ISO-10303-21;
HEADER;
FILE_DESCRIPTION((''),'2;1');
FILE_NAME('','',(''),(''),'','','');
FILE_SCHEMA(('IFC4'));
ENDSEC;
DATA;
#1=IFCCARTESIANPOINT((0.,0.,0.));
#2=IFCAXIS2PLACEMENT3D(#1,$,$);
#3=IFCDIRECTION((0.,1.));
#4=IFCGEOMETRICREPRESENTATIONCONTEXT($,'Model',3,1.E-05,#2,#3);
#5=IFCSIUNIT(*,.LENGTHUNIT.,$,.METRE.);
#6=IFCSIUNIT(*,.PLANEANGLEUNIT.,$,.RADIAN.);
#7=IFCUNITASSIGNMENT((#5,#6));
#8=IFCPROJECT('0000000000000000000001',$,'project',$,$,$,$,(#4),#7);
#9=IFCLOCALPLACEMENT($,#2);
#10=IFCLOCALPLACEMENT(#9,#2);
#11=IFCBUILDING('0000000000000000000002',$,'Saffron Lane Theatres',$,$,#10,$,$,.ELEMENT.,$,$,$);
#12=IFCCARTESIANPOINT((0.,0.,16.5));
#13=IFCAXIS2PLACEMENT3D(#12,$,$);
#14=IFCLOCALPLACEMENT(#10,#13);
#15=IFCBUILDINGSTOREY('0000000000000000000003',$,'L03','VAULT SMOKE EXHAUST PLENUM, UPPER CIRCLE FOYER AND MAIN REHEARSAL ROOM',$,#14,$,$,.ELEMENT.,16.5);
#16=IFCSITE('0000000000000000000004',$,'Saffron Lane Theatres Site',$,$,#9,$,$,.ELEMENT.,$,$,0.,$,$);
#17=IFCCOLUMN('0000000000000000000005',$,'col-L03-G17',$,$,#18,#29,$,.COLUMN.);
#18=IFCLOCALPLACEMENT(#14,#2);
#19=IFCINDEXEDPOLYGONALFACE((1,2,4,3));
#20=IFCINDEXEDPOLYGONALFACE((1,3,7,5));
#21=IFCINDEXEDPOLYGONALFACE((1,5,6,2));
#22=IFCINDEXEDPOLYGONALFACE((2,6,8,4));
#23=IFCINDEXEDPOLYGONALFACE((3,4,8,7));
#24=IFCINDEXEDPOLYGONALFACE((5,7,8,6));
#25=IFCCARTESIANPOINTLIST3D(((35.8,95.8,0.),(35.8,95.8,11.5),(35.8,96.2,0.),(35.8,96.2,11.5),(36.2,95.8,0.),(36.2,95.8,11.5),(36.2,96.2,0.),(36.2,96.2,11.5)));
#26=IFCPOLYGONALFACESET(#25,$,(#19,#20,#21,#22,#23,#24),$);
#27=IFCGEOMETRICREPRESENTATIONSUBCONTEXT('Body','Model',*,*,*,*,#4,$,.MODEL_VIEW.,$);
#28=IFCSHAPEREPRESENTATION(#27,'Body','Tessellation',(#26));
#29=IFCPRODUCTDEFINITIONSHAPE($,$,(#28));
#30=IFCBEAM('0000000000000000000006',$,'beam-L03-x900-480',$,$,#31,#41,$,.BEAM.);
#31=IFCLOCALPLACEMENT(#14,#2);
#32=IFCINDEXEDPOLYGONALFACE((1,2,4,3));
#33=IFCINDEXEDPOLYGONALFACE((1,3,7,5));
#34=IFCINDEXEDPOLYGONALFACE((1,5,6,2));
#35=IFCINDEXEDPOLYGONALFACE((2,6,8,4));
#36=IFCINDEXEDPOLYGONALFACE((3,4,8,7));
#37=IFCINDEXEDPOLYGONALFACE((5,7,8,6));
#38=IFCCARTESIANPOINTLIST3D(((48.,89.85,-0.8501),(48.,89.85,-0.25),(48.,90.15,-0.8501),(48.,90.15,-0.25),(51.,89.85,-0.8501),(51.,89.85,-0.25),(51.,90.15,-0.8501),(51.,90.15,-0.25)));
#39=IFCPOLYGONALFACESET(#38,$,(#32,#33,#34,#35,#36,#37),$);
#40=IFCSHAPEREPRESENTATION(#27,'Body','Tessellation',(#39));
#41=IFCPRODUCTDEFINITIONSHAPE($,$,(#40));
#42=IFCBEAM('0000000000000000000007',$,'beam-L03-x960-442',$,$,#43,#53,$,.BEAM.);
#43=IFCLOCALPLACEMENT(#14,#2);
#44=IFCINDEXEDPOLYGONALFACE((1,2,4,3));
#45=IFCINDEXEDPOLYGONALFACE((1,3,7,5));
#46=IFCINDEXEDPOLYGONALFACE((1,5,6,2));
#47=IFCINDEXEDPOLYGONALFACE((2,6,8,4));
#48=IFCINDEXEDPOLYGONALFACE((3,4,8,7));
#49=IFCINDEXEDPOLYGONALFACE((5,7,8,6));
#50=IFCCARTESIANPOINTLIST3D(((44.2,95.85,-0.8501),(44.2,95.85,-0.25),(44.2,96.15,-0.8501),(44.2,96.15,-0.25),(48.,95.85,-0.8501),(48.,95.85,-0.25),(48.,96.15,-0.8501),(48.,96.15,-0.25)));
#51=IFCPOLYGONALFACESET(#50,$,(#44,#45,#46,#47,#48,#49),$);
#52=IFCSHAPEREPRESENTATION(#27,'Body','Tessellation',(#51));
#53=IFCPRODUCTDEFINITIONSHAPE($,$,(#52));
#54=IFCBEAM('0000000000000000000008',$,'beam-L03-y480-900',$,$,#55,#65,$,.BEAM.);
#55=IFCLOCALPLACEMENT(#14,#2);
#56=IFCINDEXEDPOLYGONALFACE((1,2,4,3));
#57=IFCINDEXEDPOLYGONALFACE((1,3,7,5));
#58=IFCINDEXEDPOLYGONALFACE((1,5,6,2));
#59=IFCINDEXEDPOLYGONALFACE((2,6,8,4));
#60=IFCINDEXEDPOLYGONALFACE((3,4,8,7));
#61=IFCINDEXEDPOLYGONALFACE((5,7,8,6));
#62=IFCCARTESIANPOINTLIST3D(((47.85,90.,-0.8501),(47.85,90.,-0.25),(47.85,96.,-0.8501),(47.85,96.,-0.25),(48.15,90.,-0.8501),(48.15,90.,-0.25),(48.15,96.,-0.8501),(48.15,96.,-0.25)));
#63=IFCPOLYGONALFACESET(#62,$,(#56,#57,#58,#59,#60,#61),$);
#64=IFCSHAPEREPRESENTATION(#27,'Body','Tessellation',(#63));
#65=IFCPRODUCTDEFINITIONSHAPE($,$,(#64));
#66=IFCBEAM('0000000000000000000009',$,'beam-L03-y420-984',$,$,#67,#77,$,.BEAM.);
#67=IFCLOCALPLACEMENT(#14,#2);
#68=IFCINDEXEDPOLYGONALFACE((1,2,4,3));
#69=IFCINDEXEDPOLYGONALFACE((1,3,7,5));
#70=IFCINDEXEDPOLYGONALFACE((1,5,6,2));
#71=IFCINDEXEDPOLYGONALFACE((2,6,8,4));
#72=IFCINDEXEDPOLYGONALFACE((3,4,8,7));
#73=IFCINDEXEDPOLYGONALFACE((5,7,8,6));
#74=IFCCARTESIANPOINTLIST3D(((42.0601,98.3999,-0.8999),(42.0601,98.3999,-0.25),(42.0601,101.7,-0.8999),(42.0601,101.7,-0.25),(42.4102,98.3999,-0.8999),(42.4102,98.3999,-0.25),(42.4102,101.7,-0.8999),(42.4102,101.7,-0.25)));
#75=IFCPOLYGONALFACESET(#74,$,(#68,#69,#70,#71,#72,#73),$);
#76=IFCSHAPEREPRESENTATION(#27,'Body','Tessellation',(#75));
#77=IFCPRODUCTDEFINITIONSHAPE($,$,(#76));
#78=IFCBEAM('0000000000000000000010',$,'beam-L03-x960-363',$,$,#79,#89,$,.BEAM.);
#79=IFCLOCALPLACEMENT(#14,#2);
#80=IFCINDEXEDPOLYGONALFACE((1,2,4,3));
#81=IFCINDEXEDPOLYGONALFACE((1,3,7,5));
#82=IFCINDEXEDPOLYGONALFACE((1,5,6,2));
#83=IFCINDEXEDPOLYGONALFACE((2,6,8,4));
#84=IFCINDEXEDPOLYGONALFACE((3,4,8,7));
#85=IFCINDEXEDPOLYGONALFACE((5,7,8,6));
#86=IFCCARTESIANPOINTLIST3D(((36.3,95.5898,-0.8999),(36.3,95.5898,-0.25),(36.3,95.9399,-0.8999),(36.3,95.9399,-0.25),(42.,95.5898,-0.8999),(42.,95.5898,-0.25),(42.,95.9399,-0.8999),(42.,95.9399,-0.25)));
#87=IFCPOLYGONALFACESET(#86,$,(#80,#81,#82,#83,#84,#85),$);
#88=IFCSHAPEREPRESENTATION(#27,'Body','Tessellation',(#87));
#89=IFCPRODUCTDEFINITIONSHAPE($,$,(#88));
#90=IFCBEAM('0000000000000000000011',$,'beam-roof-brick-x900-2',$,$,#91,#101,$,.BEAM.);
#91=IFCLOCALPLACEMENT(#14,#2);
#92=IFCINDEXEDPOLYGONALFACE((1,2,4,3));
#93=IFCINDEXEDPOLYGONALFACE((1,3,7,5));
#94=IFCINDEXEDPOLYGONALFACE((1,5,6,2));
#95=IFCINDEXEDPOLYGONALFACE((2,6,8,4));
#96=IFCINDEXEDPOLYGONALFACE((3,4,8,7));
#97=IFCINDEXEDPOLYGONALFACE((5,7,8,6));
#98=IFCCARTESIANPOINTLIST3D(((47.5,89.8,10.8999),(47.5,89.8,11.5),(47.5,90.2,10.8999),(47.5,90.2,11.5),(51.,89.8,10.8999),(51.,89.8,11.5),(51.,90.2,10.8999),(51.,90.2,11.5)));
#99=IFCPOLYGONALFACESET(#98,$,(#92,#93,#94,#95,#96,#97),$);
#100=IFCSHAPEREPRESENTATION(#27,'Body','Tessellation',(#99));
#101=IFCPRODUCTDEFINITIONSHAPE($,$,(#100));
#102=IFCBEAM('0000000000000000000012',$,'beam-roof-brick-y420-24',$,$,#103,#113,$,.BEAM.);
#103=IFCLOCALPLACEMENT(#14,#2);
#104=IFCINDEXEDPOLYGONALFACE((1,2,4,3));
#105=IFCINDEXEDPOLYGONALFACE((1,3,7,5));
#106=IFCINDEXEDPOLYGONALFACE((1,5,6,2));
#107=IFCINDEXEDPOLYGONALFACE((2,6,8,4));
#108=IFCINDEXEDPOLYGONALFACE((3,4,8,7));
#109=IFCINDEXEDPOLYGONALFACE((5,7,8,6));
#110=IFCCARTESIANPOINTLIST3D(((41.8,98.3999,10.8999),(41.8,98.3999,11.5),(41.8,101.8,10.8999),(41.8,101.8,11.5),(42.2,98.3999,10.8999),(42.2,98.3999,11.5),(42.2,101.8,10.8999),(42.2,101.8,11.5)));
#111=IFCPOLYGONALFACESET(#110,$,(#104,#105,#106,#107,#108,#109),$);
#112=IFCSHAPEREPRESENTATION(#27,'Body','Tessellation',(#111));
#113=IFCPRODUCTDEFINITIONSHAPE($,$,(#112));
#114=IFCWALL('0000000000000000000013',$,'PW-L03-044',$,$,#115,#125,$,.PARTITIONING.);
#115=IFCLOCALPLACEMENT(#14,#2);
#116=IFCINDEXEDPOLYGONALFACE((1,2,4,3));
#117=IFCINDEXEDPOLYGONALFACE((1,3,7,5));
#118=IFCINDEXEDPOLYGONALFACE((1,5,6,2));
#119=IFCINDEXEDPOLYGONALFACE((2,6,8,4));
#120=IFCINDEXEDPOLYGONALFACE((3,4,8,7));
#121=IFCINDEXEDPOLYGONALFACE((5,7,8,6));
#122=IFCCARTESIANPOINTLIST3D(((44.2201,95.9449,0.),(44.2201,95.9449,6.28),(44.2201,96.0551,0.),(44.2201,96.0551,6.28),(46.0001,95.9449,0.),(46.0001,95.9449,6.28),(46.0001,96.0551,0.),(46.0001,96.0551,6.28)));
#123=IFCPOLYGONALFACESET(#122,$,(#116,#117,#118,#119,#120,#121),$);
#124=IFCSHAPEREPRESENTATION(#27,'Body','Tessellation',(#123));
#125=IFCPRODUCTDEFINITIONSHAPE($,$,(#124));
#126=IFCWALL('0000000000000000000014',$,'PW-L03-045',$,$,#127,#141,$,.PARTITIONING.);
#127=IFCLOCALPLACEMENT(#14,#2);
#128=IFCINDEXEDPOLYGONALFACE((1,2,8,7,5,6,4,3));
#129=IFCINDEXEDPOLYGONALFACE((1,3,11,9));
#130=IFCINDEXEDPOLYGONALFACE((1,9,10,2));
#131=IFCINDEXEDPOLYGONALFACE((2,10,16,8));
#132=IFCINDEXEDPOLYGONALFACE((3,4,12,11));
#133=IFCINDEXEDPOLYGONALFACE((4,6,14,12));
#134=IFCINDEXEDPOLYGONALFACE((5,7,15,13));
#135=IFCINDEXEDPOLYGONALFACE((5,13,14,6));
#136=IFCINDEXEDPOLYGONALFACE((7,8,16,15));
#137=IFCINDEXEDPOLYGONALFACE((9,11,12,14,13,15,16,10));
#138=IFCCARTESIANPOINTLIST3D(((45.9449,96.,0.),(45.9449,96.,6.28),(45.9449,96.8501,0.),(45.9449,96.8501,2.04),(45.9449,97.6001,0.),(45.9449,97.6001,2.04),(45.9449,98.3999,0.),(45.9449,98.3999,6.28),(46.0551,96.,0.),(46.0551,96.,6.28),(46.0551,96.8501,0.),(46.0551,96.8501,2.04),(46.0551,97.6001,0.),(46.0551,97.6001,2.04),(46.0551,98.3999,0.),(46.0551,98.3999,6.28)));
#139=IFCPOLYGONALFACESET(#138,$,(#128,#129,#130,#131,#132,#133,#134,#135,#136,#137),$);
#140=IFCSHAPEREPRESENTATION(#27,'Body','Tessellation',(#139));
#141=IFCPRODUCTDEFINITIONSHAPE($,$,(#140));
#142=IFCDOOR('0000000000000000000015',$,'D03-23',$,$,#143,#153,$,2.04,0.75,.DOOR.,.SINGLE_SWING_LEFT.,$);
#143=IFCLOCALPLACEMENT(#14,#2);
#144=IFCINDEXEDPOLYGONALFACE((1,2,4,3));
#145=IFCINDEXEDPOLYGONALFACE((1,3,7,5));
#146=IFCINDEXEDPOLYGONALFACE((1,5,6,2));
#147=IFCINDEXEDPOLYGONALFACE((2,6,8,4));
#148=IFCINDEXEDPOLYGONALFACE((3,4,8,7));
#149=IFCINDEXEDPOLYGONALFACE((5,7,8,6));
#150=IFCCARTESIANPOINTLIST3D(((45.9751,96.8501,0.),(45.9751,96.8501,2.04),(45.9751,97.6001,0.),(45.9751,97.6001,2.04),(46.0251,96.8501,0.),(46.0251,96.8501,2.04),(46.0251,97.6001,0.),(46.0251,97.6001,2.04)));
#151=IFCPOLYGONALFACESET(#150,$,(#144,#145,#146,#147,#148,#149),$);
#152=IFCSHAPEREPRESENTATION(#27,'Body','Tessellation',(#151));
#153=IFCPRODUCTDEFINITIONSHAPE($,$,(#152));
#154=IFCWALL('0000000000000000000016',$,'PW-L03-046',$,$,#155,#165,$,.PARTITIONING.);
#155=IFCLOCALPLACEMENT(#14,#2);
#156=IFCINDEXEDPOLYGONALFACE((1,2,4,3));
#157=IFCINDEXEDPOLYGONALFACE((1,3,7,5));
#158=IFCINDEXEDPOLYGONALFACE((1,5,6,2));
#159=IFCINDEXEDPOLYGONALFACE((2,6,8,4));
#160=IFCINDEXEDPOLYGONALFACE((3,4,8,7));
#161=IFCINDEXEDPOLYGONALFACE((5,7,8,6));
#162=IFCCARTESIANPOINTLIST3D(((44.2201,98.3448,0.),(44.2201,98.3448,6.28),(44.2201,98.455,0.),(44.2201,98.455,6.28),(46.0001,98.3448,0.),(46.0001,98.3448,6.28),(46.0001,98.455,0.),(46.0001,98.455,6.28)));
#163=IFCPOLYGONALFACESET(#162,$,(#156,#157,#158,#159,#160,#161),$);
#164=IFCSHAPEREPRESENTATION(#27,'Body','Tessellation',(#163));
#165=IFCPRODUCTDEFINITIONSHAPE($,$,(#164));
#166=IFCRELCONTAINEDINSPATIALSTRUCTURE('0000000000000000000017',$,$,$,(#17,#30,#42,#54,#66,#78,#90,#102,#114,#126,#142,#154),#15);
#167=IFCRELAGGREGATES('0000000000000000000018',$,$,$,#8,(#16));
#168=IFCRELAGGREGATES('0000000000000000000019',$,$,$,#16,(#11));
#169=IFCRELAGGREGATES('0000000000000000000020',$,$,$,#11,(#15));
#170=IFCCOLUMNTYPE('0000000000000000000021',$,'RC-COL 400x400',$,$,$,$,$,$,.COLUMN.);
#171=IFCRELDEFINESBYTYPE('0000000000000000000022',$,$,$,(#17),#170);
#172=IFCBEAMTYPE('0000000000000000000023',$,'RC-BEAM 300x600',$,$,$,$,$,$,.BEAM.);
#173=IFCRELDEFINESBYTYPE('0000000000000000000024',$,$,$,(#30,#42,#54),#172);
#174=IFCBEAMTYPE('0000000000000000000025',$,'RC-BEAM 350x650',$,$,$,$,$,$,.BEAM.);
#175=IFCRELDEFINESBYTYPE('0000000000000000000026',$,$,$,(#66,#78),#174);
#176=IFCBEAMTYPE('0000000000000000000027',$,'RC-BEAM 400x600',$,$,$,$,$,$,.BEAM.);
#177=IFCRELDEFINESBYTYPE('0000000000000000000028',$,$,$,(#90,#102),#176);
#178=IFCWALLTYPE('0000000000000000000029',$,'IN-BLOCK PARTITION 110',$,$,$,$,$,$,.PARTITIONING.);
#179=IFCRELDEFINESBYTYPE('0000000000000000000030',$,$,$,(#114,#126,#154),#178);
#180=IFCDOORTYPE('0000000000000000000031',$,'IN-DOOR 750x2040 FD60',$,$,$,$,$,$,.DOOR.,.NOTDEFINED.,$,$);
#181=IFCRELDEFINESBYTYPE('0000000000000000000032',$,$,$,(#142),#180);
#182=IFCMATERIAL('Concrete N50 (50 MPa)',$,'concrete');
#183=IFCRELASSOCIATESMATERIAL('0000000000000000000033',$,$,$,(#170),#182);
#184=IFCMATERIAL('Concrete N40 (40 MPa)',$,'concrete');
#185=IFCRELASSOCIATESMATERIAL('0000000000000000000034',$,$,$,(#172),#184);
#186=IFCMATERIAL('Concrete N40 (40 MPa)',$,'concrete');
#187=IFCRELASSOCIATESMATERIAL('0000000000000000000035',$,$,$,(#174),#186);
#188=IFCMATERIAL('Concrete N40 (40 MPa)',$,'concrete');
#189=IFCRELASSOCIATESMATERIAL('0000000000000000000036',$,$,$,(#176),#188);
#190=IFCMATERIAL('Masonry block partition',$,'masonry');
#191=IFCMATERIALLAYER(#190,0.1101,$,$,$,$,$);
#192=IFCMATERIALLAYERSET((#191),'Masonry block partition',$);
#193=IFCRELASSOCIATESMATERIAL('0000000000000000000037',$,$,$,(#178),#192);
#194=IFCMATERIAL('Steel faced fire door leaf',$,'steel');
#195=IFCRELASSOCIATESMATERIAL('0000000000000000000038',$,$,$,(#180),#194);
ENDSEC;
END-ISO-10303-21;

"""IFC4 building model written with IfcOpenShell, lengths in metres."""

from ifc_helpers import new_model, si_unit, direction, frame, frame_2d, origin, origin_2d, place, context, subcontext, project, spatial, rectangle, extrude, material, layer, layer_set, material_profile, profile_set, type_object, element, fill, save


model = new_model("IFC4")

# Units and contexts
model_context = context("Model", 3, precision=1e-05, world=origin(), true_north=direction((0.0, 1.0)))
body_context = subcontext(model_context, "Body", "Model", "MODEL_VIEW")
ifc_project = project(units=[si_unit("LENGTHUNIT", "METRE"), si_unit("PLANEANGLEUNIT", "RADIAN")], contexts=[model_context])

# Site, building, storey
site_placement = place(None, origin())
site = spatial("IfcSite", under=ifc_project, at=site_placement, Name="Saffron Lane Theatres Site", CompositionType="ELEMENT", RefElevation=0.0)
building_placement = place(site_placement, origin())
building = spatial("IfcBuilding", under=site, at=building_placement, Name="Saffron Lane Theatres", CompositionType="ELEMENT")
storey_placement = place(building_placement, frame((0.0, 0.0, 16.5)))
storey = spatial("IfcBuildingStorey", under=building, at=storey_placement, Name="L03", Description="VAULT SMOKE EXHAUST PLENUM, UPPER CIRCLE FOYER AND MAIN REHEARSAL ROOM", CompositionType="ELEMENT", Elevation=16.5)

# Column
ifc_material_1 = material(Name="Concrete N50 (50 MPa)", Category="concrete")
ifc_material_profile_1 = material_profile(ifc_material_1, rectangle(XDim=0.3999, YDim=0.3999, at=origin_2d()))
ifc_profile_set_1 = profile_set([ifc_material_profile_1], Name="Concrete N50 (50 MPa)")
column_type = type_object("IfcColumnType", Name="RC-COL 400x400", PredefinedType="COLUMN", material=ifc_profile_set_1)
column_placement = place(storey_placement, frame((36.0, 96.0, 0.0), z_axis=(0.0, 0.0, 1.0), x_axis=(1.0, 0.0, 0.0)))
element("IfcColumn", 1, at=column_placement, inside=storey, type_object=column_type, Name="col-L03-G17", PredefinedType="COLUMN", context=body_context, shape_type="SweptSolid", body=[
    extrude(rectangle(XDim=0.3999, YDim=0.3999, at=origin_2d()), origin(), (0.0, 0.0, 1.0), 11.5),
])

# Beams
ifc_material_2 = material(Name="Concrete N40 (40 MPa)", Category="concrete")
ifc_material_profile_2 = material_profile(ifc_material_2, rectangle(XDim=0.3, YDim=0.6001, at=origin_2d()))
ifc_profile_set_2 = profile_set([ifc_material_profile_2], Name="Concrete N40 (40 MPa)")
beam_type_1 = type_object("IfcBeamType", Name="RC-BEAM 300x600", PredefinedType="BEAM", material=ifc_profile_set_2)
beam_1_placement = place(storey_placement, frame((48.0, 90.0, -0.55), z_axis=(1.0, 0.0, 0.0), x_axis=(0.0, 1.0, 0.0)))
element("IfcBeam", 2, at=beam_1_placement, inside=storey, type_object=beam_type_1, Name="beam-L03-x900-480", PredefinedType="BEAM", context=body_context, shape_type="SweptSolid", body=[
    extrude(rectangle(XDim=0.3, YDim=0.6001, at=origin_2d()), origin(), (0.0, 0.0, 1.0), 3.0),
])
beam_2_placement = place(storey_placement, frame((44.2, 96.0, -0.55), z_axis=(1.0, 0.0, 0.0), x_axis=(0.0, 1.0, 0.0)))
element("IfcBeam", 3, at=beam_2_placement, inside=storey, type_object=beam_type_1, Name="beam-L03-x960-442", PredefinedType="BEAM", context=body_context, shape_type="SweptSolid", body=[
    extrude(rectangle(XDim=0.3, YDim=0.6001, at=origin_2d()), origin(), (0.0, 0.0, 1.0), 3.8),
])
beam_3_placement = place(storey_placement, frame((48.0, 90.0, -0.55), z_axis=(0.0, 1.0, 0.0), x_axis=(-1.0, 0.0, 0.0)))
element("IfcBeam", 4, at=beam_3_placement, inside=storey, type_object=beam_type_1, Name="beam-L03-y480-900", PredefinedType="BEAM", context=body_context, shape_type="SweptSolid", body=[
    extrude(rectangle(XDim=0.3, YDim=0.6001, at=origin_2d()), origin(), (0.0, 0.0, 1.0), 6.0),
])
ifc_material_3 = material(Name="Concrete N40 (40 MPa)", Category="concrete")
ifc_material_profile_3 = material_profile(ifc_material_3, rectangle(XDim=0.3501, YDim=0.6499, at=origin_2d()))
ifc_profile_set_3 = profile_set([ifc_material_profile_3], Name="Concrete N40 (40 MPa)")
beam_type_2 = type_object("IfcBeamType", Name="RC-BEAM 350x650", PredefinedType="BEAM", material=ifc_profile_set_3)
beam_4_placement = place(storey_placement, frame((42.2351, 98.3999, -0.575), z_axis=(0.0, 1.0, 0.0), x_axis=(-1.0, 0.0, 0.0)))
element("IfcBeam", 5, at=beam_4_placement, inside=storey, type_object=beam_type_2, Name="beam-L03-y420-984", PredefinedType="BEAM", context=body_context, shape_type="SweptSolid", body=[
    extrude(rectangle(XDim=0.3501, YDim=0.6499, at=origin_2d()), origin(), (0.0, 0.0, 1.0), 3.3),
])
beam_5_placement = place(storey_placement, frame((36.3, 95.7649, -0.575), z_axis=(1.0, 0.0, 0.0), x_axis=(0.0, 1.0, 0.0)))
element("IfcBeam", 6, at=beam_5_placement, inside=storey, type_object=beam_type_2, Name="beam-L03-x960-363", PredefinedType="BEAM", context=body_context, shape_type="SweptSolid", body=[
    extrude(rectangle(XDim=0.3501, YDim=0.6499, at=origin_2d()), origin(), (0.0, 0.0, 1.0), 5.7),
])
ifc_material_4 = material(Name="Concrete N40 (40 MPa)", Category="concrete")
ifc_material_profile_4 = material_profile(ifc_material_4, rectangle(XDim=0.3999, YDim=0.6001, at=origin_2d()))
ifc_profile_set_4 = profile_set([ifc_material_profile_4], Name="Concrete N40 (40 MPa)")
beam_type_3 = type_object("IfcBeamType", Name="RC-BEAM 400x600", PredefinedType="BEAM", material=ifc_profile_set_4)
beam_6_placement = place(storey_placement, frame((47.5, 90.0, 11.2), z_axis=(1.0, 0.0, 0.0), x_axis=(0.0, 1.0, 0.0)))
element("IfcBeam", 7, at=beam_6_placement, inside=storey, type_object=beam_type_3, Name="beam-roof-brick-x900-2", PredefinedType="BEAM", context=body_context, shape_type="SweptSolid", body=[
    extrude(rectangle(XDim=0.3999, YDim=0.6001, at=origin_2d()), origin(), (0.0, 0.0, 1.0), 3.5),
])
beam_7_placement = place(storey_placement, frame((42.0, 98.3999, 11.2), z_axis=(0.0, 1.0, 0.0), x_axis=(-1.0, 0.0, 0.0)))
element("IfcBeam", 8, at=beam_7_placement, inside=storey, type_object=beam_type_3, Name="beam-roof-brick-y420-24", PredefinedType="BEAM", context=body_context, shape_type="SweptSolid", body=[
    extrude(rectangle(XDim=0.3999, YDim=0.6001, at=origin_2d()), origin(), (0.0, 0.0, 1.0), 3.4001),
])

# Wall
ifc_material_5 = material(Name="Masonry block partition", Category="masonry")
ifc_layer_1 = layer(ifc_material_5, 0.1101)
ifc_layer_set_1 = layer_set([ifc_layer_1], Name="Masonry block partition")
wall_type_1 = type_object("IfcWallType", Name="IN-BLOCK PARTITION 110", PredefinedType="PARTITIONING", material=ifc_layer_set_1)
wall_1_placement = place(storey_placement, frame((44.22, 96.0, 0.0), z_axis=(0.0, 0.0, 1.0), x_axis=(1.0, 0.0, 0.0)))
element("IfcWall", 9, at=wall_1_placement, inside=storey, type_object=wall_type_1, Name="PW-L03-044", PredefinedType="PARTITIONING", context=body_context, shape_type="SweptSolid", body=[
    extrude(rectangle(XDim=1.78, YDim=0.1101, at=frame_2d((0.8901, 0.0))), origin(), (0.0, 0.0, 1.0), 6.28),
])

# Wall, opening, door
wall_2_placement = place(storey_placement, frame((46.0, 96.0, 0.0), z_axis=(0.0, 0.0, 1.0), x_axis=(0.0, 1.0, 0.0)))
wall_2 = element("IfcWall", 10, at=wall_2_placement, inside=storey, type_object=wall_type_1, Name="PW-L03-045", PredefinedType="PARTITIONING", context=body_context, shape_type="SweptSolid", body=[
    extrude(rectangle(XDim=2.3999, YDim=0.1101, at=frame_2d((1.2, 0.0))), origin(), (0.0, 0.0, 1.0), 6.28),
])
opening_1_placement = place(wall_2_placement, frame((0.8501, 0.0, 0.0)))
opening_1 = element("IfcOpeningElement", 11, at=opening_1_placement, cuts=wall_2, PredefinedType="OPENING", context=body_context, shape_type="SweptSolid", body=[
    extrude(rectangle(XDim=0.75, YDim=2.04, at=frame_2d((0.375, 1.02))), frame((0.0, 0.0649, 0.0), z_axis=(0.0, -1.0, 0.0), x_axis=(1.0, 0.0, 0.0)), (0.0, 0.0, 1.0), 0.1301),
])
ifc_material_6 = material(Name="Steel faced fire door leaf", Category="steel")
door_type_1 = type_object("IfcDoorType", Name="IN-DOOR 750x2040 FD60", OperationType="NOTDEFINED", PredefinedType="DOOR", material=ifc_material_6)
door_1_placement = place(opening_1_placement, origin())
door_1 = element("IfcDoor", 12, at=door_1_placement, inside=storey, type_object=door_type_1, Name="D03-23", OperationType="SINGLE_SWING_LEFT", OverallHeight=2.04, OverallWidth=0.75, PredefinedType="DOOR", context=body_context, shape_type="SweptSolid", body=[
    extrude(rectangle(XDim=0.75, YDim=2.04, at=frame_2d((0.375, 1.02))), frame((0.0, 0.0249, 0.0), z_axis=(0.0, -1.0, 0.0), x_axis=(1.0, 0.0, 0.0)), (0.0, 0.0, 1.0), 0.05),
])
fill(opening_1, door_1)

# Wall
wall_3_placement = place(storey_placement, frame((44.22, 98.3999, 0.0), z_axis=(0.0, 0.0, 1.0), x_axis=(1.0, 0.0, 0.0)))
element("IfcWall", 13, at=wall_3_placement, inside=storey, type_object=wall_type_1, Name="PW-L03-046", PredefinedType="PARTITIONING", context=body_context, shape_type="SweptSolid", body=[
    extrude(rectangle(XDim=1.78, YDim=0.1101, at=frame_2d((0.8901, 0.0))), origin(), (0.0, 0.0, 1.0), 6.28),
])

save(model, "model.ifc")
